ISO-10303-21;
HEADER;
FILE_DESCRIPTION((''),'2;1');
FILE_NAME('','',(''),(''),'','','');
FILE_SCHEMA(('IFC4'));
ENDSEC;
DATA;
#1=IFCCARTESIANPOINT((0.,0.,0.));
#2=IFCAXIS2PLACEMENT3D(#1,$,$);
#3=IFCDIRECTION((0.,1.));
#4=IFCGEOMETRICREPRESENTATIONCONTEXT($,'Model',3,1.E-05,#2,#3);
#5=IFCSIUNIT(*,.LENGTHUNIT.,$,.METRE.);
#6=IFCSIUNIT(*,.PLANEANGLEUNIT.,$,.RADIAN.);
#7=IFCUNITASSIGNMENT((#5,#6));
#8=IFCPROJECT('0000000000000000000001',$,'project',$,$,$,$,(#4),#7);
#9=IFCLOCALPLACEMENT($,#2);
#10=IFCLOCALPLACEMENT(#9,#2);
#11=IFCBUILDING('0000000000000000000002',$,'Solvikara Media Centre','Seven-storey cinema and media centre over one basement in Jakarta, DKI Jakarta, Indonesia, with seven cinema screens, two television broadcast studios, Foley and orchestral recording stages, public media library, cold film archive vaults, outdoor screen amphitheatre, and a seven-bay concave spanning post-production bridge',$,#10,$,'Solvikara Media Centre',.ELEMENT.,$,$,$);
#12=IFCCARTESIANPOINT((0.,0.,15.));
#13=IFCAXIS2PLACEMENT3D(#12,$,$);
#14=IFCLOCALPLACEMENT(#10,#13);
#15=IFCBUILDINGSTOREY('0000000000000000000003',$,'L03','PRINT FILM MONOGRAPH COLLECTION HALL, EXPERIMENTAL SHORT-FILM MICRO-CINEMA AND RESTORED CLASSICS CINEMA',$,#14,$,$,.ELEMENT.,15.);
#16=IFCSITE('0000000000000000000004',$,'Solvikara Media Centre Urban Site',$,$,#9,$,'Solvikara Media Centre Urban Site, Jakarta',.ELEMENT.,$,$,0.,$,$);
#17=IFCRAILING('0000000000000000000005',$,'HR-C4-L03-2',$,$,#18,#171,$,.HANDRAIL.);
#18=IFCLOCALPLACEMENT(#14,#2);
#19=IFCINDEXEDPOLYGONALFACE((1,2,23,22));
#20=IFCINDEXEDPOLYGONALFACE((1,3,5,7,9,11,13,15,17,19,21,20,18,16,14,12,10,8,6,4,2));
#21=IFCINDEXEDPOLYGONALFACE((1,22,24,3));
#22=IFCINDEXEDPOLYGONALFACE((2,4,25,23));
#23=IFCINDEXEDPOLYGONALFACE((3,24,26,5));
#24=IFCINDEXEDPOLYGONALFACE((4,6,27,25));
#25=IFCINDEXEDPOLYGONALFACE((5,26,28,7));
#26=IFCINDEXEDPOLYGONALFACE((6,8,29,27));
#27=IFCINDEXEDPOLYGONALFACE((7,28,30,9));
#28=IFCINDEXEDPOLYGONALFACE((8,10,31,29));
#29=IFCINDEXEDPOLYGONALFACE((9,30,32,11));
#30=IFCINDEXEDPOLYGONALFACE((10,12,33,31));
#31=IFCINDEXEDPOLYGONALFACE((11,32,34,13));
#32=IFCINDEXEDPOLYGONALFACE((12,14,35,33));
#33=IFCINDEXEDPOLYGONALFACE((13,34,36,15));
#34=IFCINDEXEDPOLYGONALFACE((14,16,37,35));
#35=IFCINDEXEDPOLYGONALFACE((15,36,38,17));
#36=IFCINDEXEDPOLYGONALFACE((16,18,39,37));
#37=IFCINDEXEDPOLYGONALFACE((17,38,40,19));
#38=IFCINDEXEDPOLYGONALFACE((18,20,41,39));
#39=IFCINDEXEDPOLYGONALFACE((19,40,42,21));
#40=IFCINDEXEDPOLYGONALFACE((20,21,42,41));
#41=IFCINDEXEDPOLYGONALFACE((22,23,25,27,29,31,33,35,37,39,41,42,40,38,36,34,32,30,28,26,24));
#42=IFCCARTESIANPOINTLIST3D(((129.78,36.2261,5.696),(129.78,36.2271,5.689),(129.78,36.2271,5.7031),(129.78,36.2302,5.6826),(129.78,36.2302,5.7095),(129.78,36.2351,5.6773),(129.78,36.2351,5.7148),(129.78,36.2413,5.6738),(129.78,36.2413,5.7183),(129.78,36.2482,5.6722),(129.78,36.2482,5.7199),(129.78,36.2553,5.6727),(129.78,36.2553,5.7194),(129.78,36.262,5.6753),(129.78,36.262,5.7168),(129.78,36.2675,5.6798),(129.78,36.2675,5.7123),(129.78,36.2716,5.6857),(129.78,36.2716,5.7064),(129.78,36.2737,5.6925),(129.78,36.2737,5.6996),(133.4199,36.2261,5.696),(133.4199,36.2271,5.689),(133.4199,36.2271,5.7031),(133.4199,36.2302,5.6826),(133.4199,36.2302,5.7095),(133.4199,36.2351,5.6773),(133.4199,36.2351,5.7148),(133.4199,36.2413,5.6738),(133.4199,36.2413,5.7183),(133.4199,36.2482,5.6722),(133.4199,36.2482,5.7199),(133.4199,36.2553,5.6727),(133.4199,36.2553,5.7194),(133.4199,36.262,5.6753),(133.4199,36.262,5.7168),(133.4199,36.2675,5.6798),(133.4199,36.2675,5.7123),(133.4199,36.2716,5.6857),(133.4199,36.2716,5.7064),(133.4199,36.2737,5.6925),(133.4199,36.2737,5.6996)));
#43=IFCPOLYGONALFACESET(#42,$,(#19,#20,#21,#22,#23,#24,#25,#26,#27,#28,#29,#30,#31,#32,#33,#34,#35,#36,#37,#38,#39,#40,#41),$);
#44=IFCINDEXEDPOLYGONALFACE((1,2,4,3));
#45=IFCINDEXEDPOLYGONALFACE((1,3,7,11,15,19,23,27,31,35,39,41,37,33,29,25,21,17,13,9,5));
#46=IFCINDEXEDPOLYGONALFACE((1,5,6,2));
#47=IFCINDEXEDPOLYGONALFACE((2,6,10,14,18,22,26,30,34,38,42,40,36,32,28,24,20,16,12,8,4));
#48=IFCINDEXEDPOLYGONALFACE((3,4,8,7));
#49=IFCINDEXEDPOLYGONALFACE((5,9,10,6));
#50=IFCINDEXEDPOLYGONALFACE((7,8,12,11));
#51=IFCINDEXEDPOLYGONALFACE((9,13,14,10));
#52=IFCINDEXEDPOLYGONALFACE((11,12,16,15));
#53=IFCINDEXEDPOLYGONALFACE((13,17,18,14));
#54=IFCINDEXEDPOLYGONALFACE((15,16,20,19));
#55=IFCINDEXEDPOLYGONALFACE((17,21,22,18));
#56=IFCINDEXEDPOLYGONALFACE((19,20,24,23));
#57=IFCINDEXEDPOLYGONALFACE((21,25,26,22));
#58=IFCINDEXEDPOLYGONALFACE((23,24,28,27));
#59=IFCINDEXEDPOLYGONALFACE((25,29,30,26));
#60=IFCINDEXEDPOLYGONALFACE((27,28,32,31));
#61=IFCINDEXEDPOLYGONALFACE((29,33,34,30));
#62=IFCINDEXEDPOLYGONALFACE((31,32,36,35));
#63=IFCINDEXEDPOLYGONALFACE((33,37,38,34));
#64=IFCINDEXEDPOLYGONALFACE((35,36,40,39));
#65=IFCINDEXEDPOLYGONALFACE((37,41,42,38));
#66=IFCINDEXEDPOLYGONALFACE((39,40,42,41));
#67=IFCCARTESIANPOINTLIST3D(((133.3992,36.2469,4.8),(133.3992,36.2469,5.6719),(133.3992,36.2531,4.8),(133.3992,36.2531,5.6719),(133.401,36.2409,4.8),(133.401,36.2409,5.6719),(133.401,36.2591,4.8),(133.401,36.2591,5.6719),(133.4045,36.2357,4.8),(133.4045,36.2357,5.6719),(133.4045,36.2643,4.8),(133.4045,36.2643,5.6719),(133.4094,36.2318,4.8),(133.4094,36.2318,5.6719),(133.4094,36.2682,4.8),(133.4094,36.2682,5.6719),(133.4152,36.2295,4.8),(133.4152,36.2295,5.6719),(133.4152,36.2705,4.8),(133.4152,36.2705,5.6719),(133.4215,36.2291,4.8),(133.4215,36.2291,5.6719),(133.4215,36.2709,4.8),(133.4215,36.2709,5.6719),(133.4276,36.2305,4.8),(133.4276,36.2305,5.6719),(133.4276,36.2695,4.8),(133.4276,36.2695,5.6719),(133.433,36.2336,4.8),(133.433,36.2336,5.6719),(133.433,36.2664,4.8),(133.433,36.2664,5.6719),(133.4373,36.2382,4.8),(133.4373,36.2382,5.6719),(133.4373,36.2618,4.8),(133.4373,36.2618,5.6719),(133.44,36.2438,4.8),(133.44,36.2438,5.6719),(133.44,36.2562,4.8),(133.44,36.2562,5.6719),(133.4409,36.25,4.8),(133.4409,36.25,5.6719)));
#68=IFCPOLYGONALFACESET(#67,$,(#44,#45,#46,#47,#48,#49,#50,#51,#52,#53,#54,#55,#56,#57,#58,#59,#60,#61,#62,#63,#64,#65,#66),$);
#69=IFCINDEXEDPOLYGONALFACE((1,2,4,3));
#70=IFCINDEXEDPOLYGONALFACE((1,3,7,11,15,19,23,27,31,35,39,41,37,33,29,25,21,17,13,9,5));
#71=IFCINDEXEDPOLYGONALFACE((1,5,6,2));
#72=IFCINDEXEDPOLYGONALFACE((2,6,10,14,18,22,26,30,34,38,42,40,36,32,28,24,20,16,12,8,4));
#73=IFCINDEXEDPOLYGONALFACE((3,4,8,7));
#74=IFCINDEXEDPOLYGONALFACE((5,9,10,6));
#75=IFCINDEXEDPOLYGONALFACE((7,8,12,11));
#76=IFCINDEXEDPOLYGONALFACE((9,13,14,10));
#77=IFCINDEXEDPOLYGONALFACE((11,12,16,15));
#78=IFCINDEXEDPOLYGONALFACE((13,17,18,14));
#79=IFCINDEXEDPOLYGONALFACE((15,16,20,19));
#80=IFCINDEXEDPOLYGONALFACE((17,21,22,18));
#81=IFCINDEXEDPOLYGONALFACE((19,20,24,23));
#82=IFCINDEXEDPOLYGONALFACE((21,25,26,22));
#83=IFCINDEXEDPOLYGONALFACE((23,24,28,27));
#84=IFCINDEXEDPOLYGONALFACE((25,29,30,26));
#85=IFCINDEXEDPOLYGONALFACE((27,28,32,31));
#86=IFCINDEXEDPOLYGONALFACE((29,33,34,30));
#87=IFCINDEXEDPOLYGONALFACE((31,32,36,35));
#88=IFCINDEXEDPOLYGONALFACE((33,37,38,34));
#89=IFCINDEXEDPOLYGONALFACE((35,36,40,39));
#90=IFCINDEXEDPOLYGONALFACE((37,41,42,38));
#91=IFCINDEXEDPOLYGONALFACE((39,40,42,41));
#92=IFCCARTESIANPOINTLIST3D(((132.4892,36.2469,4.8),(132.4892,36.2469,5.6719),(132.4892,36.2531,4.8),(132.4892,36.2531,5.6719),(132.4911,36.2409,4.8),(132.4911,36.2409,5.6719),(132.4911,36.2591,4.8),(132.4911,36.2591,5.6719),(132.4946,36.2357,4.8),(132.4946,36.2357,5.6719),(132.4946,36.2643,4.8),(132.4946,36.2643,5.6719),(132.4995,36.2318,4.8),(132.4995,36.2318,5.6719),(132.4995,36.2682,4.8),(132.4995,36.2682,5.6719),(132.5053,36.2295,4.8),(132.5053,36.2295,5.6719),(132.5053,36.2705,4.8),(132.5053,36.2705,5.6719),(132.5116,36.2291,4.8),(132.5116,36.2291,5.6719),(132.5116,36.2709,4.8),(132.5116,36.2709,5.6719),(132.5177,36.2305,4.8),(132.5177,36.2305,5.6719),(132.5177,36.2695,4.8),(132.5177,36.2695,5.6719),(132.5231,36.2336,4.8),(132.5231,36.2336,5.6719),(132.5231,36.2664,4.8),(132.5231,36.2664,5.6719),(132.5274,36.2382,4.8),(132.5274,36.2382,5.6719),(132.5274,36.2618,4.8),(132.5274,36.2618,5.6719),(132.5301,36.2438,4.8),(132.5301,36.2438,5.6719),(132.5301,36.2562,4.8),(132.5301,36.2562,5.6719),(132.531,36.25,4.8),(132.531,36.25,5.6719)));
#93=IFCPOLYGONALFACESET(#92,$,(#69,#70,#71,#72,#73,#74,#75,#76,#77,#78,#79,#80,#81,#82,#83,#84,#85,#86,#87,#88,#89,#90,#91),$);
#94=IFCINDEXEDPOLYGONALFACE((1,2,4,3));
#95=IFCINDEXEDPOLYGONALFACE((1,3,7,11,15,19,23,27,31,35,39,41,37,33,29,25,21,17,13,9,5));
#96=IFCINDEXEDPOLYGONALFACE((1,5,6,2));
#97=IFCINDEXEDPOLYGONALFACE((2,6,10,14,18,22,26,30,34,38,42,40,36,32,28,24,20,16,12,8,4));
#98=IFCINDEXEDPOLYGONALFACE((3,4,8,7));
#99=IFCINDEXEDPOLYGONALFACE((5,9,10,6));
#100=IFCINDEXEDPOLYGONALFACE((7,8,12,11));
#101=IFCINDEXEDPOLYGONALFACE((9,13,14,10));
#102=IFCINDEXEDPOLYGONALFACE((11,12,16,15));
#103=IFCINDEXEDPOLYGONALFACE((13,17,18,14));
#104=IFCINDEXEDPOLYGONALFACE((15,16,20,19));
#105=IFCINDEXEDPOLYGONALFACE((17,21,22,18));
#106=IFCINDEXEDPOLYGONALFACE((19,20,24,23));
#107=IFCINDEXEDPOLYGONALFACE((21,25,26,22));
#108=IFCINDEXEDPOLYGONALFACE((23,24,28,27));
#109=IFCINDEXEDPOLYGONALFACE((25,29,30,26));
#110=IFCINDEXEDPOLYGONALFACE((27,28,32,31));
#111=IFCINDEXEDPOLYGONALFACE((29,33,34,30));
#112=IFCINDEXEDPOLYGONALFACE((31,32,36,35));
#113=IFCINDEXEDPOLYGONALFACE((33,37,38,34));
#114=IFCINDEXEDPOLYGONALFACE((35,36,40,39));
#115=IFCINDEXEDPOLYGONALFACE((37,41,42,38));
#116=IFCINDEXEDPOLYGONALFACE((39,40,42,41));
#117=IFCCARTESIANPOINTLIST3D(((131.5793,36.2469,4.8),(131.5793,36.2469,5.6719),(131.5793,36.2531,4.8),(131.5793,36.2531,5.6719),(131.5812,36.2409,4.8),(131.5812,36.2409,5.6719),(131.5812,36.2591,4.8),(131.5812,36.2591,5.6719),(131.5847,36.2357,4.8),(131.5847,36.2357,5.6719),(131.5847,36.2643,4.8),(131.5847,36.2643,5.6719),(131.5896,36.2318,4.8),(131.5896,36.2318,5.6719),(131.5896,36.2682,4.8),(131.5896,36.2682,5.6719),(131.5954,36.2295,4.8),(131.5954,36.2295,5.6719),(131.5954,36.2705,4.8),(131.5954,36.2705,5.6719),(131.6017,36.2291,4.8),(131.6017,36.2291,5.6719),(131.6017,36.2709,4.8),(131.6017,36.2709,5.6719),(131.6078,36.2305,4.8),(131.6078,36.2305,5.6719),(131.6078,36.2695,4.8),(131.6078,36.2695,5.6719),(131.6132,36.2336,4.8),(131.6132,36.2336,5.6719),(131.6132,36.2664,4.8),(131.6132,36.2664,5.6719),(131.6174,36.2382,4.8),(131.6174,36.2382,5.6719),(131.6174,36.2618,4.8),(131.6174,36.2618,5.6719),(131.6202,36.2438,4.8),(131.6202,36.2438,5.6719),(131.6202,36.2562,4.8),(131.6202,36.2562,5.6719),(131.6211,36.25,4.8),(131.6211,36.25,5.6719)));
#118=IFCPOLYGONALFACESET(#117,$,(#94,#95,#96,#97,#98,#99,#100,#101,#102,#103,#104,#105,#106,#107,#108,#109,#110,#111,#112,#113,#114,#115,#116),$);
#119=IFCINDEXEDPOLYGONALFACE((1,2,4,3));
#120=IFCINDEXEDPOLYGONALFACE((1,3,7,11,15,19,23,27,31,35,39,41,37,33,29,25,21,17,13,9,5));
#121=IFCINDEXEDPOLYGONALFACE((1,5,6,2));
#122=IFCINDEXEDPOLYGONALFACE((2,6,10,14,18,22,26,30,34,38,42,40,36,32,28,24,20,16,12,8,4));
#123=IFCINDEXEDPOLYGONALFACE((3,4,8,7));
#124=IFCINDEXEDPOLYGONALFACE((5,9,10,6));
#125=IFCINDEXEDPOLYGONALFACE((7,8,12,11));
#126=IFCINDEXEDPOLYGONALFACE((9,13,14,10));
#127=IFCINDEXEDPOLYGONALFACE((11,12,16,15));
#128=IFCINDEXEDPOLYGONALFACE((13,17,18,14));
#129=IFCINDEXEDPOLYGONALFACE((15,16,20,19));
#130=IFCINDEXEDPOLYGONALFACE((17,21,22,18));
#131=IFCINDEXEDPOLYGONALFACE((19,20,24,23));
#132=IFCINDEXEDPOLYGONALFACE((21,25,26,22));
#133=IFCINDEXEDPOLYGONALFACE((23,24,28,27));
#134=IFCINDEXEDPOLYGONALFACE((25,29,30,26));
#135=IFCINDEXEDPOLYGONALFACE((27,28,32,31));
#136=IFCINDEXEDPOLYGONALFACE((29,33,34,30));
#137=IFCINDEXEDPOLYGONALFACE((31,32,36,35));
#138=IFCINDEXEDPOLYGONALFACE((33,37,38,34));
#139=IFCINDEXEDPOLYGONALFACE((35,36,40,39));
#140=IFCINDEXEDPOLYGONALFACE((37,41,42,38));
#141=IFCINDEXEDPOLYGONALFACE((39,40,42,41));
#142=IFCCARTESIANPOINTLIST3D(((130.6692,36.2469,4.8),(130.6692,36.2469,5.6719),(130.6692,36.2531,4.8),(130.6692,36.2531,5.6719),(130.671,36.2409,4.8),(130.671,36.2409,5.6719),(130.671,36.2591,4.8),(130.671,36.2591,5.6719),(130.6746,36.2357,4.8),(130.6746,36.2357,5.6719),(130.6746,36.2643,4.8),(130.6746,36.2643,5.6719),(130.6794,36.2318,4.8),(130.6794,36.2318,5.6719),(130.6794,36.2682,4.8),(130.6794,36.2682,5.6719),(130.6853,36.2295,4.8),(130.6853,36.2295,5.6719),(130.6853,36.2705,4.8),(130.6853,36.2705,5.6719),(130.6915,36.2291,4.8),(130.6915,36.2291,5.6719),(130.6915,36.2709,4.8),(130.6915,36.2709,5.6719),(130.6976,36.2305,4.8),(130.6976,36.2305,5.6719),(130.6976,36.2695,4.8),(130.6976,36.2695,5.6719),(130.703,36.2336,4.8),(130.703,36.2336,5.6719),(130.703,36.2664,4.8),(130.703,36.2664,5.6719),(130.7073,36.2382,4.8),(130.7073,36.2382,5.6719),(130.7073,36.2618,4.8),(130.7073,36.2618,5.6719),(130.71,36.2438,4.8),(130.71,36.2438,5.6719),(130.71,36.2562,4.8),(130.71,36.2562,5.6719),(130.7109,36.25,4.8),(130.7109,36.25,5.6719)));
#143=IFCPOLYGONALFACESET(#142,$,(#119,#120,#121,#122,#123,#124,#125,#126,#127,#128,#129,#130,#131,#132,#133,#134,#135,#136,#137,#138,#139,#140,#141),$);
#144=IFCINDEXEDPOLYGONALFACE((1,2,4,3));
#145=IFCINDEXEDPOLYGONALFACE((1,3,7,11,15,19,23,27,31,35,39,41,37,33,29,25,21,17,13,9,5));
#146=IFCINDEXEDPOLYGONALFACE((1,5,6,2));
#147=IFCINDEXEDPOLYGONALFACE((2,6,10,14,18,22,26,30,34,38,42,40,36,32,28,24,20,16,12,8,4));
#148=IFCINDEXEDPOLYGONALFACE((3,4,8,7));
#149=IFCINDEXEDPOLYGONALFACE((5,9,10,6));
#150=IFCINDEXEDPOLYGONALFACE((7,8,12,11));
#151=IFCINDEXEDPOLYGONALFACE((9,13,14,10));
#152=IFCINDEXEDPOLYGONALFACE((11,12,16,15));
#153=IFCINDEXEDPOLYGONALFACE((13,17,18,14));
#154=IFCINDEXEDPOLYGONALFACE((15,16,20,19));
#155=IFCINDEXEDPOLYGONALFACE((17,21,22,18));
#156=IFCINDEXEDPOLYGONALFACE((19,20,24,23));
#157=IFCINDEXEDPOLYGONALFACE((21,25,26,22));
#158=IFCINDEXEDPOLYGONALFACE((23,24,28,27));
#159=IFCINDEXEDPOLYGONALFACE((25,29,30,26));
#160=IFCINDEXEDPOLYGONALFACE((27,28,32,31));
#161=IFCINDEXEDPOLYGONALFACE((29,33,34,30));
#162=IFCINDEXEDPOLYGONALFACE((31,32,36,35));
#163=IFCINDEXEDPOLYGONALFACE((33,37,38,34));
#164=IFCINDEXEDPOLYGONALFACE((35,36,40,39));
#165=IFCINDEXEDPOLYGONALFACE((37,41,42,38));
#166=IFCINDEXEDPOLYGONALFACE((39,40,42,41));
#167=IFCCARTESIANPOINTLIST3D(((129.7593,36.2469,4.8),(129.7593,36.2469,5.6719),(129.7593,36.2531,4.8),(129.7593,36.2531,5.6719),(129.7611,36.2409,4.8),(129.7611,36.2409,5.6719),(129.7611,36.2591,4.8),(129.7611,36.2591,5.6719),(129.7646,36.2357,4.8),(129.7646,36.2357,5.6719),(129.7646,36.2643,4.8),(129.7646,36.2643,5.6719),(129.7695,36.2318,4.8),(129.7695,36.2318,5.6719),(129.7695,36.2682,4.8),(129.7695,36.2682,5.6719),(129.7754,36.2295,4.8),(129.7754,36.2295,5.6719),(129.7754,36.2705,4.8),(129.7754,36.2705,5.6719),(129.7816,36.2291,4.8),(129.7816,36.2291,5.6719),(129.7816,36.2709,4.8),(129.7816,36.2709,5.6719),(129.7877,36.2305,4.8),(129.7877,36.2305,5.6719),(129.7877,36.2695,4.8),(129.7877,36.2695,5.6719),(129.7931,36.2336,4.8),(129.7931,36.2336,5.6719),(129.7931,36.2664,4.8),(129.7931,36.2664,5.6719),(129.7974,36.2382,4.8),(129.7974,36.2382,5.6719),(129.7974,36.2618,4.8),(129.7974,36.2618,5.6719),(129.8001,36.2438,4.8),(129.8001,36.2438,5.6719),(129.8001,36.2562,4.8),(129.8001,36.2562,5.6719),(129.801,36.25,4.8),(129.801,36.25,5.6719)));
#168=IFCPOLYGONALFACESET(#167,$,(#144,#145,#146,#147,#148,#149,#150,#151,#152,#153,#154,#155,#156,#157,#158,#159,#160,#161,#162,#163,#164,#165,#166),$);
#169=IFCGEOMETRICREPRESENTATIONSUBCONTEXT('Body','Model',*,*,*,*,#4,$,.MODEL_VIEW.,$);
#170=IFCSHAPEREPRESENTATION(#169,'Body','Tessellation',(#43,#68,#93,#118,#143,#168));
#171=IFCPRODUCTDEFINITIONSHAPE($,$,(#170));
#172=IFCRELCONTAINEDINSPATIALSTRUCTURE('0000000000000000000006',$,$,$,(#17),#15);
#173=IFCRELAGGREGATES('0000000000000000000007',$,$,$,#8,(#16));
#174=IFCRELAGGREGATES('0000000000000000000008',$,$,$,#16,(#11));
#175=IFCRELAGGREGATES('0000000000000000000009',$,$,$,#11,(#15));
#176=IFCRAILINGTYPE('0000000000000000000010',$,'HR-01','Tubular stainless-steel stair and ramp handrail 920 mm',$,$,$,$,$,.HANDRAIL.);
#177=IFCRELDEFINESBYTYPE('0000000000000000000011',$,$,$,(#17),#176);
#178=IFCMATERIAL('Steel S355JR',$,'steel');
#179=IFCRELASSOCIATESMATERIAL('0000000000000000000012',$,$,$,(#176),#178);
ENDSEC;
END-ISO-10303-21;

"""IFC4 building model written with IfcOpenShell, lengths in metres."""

from ifc_helpers import new_model, si_unit, direction, frame, origin, origin_2d, place, context, subcontext, project, spatial, circle, extrude, material, type_object, element, save


model = new_model("IFC4")

# Units and contexts
model_context = context("Model", 3, precision=1e-05, world=origin(), true_north=direction((0.0, 1.0)))
body_context = subcontext(model_context, "Body", "Model", "MODEL_VIEW")
ifc_project = project(units=[si_unit("LENGTHUNIT", "METRE"), si_unit("PLANEANGLEUNIT", "RADIAN")], contexts=[model_context])

# Site, building, storey
site_placement = place(None, origin())
site = spatial("IfcSite", under=ifc_project, at=site_placement, Name="Solvikara Media Centre Urban Site", LongName="Solvikara Media Centre Urban Site, Jakarta", CompositionType="ELEMENT", RefElevation=0.0)
building_placement = place(site_placement, origin())
building = spatial("IfcBuilding", under=site, at=building_placement, Name="Solvikara Media Centre", Description="Seven-storey cinema and media centre over one basement in Jakarta, DKI Jakarta, Indonesia, with seven cinema screens, two television broadcast studios, Foley and orchestral recording stages, public media library, cold film archive vaults, outdoor screen amphitheatre, and a seven-bay concave spanning post-production bridge", LongName="Solvikara Media Centre", CompositionType="ELEMENT")
storey_placement = place(building_placement, frame((0.0, 0.0, 15.0)))
storey = spatial("IfcBuildingStorey", under=building, at=storey_placement, Name="L03", Description="PRINT FILM MONOGRAPH COLLECTION HALL, EXPERIMENTAL SHORT-FILM MICRO-CINEMA AND RESTORED CLASSICS CINEMA", CompositionType="ELEMENT", Elevation=15.0)

# Shared definitions
ifc_material_1 = material(Name="Steel S355JR", Category="steel")

# Railing
railing_type_1 = type_object("IfcRailingType", Name="HR-01", Description="Tubular stainless-steel stair and ramp handrail 920 mm", PredefinedType="HANDRAIL", material=ifc_material_1)
railing_1_placement = place(storey_placement, frame((133.4199, 36.25, 4.8)))
element("IfcRailing", 1, at=railing_1_placement, inside=storey, type_object=railing_type_1, Name="HR-C4-L03-2", PredefinedType="HANDRAIL", context=body_context, shape_type="SweptSolid", body=[
    extrude(circle(Radius=0.0239, at=origin_2d()), frame((0.0, 0.0, 0.896), z_axis=(-1.0, 0.0, 0.0), x_axis=(0.0, -1.0, 0.0)), (0.0, 0.0, 1.0), 3.6399),
    extrude(circle(Radius=0.021, at=origin_2d()), origin(), (0.0, 0.0, 1.0), 0.8718),
    extrude(circle(Radius=0.021, at=origin_2d()), frame((-0.9099, 0.0, 0.0)), (0.0, 0.0, 1.0), 0.8718),
    extrude(circle(Radius=0.021, at=origin_2d()), frame((-1.8198, 0.0, 0.0)), (0.0, 0.0, 1.0), 0.8718),
    extrude(circle(Radius=0.021, at=origin_2d()), frame((-2.73, 0.0, 0.0)), (0.0, 0.0, 1.0), 0.8718),
    extrude(circle(Radius=0.021, at=origin_2d()), frame((-3.6399, 0.0, 0.0)), (0.0, 0.0, 1.0), 0.8718),
])

save(model, "model.ifc")
